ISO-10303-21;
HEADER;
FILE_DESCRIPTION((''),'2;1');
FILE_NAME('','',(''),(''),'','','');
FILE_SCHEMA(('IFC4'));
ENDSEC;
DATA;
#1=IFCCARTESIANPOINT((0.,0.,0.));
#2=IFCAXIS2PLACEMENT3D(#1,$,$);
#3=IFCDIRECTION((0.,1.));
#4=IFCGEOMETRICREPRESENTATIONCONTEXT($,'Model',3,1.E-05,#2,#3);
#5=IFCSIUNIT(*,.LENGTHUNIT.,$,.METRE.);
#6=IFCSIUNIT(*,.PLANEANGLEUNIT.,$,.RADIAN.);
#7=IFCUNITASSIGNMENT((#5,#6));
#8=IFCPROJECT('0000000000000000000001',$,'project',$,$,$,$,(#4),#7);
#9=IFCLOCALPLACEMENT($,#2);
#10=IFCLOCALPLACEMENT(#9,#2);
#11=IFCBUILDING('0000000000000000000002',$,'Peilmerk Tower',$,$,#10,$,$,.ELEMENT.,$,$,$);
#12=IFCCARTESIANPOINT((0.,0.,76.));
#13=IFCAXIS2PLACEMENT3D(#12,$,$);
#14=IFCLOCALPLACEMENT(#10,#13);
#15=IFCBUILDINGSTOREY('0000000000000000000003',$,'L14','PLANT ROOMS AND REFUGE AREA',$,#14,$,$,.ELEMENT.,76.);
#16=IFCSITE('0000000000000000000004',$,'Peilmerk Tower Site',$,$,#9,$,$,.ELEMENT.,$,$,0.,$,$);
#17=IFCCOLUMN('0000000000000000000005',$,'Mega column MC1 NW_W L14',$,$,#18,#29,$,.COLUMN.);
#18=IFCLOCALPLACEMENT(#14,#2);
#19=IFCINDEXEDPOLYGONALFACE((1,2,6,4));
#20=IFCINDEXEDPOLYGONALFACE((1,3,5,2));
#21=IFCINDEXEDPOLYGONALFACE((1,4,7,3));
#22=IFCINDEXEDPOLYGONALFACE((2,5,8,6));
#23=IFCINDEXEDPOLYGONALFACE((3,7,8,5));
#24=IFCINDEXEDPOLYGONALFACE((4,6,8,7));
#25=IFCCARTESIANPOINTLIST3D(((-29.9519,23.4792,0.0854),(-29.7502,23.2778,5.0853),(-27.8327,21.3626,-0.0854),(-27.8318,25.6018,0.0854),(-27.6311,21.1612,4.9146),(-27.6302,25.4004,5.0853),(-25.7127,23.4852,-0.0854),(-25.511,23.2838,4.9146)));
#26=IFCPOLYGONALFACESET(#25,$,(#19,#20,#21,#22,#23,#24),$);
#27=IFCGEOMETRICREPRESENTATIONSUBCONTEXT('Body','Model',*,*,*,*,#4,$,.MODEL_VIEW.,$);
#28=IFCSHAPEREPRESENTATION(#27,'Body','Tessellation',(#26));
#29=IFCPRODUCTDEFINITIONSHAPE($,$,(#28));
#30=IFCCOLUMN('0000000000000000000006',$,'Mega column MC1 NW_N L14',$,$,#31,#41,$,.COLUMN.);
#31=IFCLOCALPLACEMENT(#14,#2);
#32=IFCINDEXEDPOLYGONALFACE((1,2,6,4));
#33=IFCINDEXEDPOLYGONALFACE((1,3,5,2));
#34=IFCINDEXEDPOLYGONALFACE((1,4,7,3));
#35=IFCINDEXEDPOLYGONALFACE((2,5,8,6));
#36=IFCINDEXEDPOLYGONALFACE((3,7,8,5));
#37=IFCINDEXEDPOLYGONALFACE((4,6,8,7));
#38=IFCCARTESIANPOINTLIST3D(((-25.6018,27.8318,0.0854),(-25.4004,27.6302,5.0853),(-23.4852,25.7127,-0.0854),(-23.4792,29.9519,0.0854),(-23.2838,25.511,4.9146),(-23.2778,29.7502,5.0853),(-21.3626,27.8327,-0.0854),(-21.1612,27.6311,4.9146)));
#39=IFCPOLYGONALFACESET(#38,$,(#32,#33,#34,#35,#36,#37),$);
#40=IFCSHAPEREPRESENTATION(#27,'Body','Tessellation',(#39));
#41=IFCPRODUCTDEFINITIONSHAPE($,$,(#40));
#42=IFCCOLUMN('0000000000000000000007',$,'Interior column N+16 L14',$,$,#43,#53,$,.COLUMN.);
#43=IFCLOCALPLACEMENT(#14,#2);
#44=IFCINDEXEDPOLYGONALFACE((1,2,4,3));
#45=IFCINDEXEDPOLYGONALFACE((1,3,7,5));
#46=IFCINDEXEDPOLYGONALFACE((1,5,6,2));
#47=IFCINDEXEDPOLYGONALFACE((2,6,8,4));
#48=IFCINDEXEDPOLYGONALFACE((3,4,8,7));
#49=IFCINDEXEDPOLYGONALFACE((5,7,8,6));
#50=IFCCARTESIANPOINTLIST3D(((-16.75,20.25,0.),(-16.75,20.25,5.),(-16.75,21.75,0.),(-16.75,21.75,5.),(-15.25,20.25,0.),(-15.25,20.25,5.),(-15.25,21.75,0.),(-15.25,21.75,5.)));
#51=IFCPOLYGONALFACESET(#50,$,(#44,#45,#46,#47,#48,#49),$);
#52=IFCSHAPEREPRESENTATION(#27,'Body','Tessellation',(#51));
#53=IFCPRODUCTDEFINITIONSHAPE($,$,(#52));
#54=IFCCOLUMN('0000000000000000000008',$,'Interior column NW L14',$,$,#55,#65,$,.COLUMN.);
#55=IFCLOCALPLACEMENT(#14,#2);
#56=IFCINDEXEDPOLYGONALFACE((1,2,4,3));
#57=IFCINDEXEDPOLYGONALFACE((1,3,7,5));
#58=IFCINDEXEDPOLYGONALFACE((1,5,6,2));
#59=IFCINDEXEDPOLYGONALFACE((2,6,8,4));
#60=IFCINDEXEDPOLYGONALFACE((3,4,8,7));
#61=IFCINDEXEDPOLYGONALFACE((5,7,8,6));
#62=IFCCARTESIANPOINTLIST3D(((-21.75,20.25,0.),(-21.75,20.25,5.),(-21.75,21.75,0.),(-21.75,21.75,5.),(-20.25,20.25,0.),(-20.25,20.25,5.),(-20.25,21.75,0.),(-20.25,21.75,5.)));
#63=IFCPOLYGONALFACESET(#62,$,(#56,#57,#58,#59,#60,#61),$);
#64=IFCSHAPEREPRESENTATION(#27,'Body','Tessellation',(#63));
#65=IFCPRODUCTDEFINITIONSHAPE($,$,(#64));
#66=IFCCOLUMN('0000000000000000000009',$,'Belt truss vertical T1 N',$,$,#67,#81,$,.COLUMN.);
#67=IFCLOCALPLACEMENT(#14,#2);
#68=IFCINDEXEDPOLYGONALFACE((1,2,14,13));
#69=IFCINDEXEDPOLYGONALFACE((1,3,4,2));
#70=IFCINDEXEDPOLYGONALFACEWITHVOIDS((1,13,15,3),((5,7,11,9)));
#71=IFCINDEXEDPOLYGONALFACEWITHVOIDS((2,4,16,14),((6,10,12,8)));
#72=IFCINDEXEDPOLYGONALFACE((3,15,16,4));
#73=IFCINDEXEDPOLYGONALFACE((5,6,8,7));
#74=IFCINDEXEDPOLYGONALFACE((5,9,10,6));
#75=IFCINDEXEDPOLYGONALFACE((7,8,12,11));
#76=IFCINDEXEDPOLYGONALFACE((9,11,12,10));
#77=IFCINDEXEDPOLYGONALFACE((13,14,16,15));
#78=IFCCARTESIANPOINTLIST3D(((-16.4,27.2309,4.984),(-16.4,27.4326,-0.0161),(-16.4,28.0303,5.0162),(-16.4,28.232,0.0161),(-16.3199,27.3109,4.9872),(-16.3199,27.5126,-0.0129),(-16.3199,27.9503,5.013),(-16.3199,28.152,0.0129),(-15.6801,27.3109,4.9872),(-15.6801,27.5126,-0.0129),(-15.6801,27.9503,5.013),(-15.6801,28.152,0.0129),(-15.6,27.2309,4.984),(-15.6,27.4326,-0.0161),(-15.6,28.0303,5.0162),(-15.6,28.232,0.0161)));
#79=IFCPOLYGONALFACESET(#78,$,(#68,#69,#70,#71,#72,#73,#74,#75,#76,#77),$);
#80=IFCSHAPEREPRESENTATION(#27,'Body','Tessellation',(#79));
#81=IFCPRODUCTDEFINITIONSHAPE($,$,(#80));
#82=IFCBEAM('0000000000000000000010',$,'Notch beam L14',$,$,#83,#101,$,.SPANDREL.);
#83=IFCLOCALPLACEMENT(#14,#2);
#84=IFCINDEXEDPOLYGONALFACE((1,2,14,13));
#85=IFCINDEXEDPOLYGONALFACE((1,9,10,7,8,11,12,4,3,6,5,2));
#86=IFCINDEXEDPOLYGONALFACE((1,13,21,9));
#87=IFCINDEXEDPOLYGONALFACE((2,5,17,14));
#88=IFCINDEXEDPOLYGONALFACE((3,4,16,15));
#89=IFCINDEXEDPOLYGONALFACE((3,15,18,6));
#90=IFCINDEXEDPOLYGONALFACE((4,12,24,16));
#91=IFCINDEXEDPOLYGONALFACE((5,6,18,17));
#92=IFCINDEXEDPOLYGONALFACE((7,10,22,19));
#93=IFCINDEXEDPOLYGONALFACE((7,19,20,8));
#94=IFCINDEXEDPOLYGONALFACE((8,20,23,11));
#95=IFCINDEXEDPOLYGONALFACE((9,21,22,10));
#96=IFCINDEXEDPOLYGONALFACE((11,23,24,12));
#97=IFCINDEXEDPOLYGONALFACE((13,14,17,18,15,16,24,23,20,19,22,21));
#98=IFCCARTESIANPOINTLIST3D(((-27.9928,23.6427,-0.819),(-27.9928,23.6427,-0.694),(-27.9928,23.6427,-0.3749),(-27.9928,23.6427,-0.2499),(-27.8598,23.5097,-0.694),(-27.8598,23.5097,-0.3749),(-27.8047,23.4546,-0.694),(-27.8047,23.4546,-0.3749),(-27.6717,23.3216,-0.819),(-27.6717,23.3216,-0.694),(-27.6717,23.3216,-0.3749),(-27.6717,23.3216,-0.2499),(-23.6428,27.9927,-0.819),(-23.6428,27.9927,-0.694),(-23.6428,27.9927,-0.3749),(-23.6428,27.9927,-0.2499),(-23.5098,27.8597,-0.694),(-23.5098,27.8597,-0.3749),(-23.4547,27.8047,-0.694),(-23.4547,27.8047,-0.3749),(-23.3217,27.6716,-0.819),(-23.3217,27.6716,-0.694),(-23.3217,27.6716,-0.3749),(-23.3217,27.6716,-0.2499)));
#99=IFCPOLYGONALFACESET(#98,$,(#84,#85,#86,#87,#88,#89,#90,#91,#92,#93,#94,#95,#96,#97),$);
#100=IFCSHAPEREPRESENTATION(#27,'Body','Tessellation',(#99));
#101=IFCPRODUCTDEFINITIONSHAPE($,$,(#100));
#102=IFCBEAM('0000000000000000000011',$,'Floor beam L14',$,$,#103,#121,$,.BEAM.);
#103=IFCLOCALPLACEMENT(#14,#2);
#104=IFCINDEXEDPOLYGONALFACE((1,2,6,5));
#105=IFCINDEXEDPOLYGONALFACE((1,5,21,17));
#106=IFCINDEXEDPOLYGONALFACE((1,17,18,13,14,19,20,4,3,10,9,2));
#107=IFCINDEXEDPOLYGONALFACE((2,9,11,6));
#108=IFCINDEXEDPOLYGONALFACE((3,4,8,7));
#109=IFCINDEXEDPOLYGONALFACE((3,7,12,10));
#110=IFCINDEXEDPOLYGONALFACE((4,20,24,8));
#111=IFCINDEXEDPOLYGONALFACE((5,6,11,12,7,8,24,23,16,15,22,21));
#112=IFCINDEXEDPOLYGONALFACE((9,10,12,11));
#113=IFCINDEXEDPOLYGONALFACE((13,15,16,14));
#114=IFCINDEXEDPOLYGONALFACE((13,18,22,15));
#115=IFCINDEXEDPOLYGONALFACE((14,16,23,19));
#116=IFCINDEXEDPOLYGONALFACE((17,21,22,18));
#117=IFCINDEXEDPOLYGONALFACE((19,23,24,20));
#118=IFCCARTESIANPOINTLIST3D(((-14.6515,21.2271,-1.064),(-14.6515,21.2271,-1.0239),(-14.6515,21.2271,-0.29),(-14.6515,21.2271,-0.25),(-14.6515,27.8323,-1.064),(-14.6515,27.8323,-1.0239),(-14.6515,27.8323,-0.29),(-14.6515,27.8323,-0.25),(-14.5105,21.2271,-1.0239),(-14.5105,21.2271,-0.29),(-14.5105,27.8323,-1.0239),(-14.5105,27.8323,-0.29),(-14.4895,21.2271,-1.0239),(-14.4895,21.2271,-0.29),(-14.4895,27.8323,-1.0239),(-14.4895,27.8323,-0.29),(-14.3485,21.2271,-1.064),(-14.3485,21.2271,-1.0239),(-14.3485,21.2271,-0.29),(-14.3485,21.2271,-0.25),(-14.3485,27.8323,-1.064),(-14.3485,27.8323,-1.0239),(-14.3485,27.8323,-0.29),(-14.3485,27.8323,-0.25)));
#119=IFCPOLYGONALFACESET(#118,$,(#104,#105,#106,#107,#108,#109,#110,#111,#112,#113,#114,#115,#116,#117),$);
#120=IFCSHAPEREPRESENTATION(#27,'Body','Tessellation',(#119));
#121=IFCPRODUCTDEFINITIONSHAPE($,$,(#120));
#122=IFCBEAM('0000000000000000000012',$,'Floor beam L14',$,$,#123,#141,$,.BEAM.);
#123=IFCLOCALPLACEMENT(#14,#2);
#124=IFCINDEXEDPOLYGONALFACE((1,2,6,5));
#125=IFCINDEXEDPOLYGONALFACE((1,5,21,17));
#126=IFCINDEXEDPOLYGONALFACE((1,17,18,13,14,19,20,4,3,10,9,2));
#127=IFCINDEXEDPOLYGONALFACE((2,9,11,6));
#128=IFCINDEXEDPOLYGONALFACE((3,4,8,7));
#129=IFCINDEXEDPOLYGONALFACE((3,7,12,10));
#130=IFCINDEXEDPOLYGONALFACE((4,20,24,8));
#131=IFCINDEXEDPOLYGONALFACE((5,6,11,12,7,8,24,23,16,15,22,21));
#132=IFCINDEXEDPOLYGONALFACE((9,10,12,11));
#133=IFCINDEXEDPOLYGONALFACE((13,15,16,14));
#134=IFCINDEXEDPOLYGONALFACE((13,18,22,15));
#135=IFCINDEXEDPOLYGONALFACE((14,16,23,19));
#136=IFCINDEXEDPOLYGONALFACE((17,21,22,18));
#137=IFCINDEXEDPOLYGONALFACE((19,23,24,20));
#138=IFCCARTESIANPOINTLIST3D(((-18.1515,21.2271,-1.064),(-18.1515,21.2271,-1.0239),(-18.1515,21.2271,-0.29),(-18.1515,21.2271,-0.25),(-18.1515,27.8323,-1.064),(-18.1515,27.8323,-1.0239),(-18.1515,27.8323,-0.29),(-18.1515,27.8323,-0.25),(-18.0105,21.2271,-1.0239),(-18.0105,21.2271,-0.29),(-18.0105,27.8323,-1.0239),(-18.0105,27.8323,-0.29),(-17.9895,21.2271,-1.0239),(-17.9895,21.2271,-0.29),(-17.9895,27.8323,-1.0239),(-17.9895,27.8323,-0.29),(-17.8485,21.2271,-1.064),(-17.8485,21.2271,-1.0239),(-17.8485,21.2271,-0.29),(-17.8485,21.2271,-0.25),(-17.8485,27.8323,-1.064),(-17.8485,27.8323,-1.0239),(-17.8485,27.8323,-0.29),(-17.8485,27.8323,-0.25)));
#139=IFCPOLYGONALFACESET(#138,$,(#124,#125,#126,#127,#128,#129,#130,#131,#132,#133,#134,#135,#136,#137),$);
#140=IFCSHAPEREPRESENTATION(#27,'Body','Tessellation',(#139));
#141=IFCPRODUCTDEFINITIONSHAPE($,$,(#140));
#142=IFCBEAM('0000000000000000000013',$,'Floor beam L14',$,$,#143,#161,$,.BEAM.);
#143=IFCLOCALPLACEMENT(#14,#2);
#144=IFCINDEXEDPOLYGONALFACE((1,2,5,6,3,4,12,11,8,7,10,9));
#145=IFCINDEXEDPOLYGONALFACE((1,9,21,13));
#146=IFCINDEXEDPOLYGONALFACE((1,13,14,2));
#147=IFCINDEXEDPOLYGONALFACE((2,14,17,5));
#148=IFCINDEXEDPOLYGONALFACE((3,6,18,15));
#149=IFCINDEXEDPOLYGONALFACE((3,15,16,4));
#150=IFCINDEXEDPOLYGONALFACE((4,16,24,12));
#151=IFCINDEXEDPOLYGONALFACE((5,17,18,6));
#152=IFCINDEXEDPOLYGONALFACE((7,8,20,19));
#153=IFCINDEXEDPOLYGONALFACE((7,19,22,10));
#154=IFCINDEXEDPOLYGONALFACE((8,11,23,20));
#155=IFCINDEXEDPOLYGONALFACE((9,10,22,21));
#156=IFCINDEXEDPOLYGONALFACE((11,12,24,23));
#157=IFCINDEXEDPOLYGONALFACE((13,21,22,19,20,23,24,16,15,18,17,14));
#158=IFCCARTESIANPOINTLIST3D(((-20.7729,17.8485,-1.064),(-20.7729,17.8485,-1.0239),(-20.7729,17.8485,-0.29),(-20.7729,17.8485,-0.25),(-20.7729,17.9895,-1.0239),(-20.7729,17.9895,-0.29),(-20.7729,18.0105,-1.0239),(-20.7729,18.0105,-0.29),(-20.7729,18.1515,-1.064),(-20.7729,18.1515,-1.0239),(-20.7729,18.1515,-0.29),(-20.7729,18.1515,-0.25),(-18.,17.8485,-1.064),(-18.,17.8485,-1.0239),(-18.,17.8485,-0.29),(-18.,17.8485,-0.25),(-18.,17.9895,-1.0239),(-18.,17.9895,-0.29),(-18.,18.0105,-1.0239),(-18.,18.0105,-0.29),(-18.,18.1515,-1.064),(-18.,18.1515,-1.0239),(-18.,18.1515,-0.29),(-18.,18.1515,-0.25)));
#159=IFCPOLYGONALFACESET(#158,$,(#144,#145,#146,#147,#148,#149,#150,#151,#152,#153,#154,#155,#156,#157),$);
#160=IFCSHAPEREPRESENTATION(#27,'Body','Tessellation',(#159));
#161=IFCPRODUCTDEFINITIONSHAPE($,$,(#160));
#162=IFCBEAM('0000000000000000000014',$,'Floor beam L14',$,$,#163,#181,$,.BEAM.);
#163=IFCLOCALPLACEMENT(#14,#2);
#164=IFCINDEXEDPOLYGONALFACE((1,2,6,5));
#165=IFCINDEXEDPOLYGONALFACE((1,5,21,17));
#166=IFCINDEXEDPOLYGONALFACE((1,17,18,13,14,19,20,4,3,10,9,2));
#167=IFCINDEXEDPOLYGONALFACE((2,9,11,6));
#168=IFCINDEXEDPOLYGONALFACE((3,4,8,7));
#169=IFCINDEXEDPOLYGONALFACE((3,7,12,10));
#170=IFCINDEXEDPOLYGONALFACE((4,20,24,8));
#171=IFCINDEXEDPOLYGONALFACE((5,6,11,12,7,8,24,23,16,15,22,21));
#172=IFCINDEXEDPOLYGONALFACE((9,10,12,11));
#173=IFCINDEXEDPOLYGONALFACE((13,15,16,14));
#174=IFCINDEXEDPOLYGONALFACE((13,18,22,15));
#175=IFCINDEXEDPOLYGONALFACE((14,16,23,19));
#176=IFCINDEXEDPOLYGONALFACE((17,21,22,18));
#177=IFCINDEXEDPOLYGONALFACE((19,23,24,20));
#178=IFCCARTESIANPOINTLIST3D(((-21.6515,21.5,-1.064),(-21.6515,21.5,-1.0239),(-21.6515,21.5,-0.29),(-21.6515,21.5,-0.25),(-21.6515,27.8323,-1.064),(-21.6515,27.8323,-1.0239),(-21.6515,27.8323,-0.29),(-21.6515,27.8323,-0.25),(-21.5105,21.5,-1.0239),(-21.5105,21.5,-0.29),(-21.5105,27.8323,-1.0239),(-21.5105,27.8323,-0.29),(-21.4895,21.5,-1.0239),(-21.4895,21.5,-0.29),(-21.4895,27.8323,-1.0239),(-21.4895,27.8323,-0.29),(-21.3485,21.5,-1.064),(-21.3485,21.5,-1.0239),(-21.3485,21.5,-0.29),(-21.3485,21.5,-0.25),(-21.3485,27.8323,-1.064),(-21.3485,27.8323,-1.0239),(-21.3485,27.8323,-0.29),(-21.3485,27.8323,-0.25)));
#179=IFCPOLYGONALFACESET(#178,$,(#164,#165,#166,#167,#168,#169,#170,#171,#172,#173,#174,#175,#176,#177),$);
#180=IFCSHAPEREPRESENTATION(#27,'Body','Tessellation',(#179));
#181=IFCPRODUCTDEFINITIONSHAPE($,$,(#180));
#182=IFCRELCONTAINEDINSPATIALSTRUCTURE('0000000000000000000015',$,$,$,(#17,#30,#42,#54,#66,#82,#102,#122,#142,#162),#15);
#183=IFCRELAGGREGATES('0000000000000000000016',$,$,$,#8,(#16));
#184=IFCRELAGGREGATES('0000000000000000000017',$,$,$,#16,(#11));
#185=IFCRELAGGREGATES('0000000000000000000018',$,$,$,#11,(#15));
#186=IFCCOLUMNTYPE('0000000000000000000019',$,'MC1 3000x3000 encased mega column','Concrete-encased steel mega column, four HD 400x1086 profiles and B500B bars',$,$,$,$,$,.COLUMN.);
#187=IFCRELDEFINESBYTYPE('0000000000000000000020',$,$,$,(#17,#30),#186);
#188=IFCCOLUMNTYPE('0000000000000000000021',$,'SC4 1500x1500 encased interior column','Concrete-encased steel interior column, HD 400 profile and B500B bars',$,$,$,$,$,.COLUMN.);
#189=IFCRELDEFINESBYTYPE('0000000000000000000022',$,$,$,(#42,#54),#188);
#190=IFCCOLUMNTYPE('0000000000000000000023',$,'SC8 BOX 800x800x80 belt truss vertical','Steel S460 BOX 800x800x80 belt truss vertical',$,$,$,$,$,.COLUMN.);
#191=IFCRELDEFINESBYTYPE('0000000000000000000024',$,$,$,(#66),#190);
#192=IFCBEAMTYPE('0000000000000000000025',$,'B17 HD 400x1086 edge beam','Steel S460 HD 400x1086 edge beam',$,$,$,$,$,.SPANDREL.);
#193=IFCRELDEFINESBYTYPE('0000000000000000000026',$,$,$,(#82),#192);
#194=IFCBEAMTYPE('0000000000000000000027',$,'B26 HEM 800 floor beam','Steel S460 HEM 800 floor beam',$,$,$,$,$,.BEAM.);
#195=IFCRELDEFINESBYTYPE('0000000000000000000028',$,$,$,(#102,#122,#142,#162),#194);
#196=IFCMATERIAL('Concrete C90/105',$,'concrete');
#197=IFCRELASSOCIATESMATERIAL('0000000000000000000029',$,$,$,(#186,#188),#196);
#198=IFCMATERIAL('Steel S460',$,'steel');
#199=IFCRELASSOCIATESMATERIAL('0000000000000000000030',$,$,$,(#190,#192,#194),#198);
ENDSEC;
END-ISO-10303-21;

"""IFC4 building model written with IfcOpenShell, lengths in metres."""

from ifc_helpers import new_model, si_unit, direction, frame, origin, origin_2d, place, context, subcontext, project, spatial, rectangle, hollow_rectangle, i_section, extrude, material, material_profile, profile_set, type_object, element, save


model = new_model("IFC4")

# Units and contexts
model_context = context("Model", 3, precision=1e-05, world=origin(), true_north=direction((0.0, 1.0)))
body_context = subcontext(model_context, "Body", "Model", "MODEL_VIEW")
ifc_project = project(units=[si_unit("LENGTHUNIT", "METRE"), si_unit("PLANEANGLEUNIT", "RADIAN")], contexts=[model_context])

# Site, building, storey
site_placement = place(None, origin())
site = spatial("IfcSite", under=ifc_project, at=site_placement, Name="Peilmerk Tower Site", CompositionType="ELEMENT", RefElevation=0.0)
building_placement = place(site_placement, origin())
building = spatial("IfcBuilding", under=site, at=building_placement, Name="Peilmerk Tower", CompositionType="ELEMENT")
storey_placement = place(building_placement, frame((0.0, 0.0, 76.0)))
storey = spatial("IfcBuildingStorey", under=building, at=storey_placement, Name="L14", Description="PLANT ROOMS AND REFUGE AREA", CompositionType="ELEMENT", Elevation=76.0)

# Columns
ifc_material_1 = material(Name="Concrete C90/105", Category="concrete")
ifc_material_profile_1 = material_profile(ifc_material_1, rectangle(XDim=3.0, YDim=3.0, at=origin_2d()), Name="RC 3000x3000")
ifc_profile_set_1 = profile_set([ifc_material_profile_1], Name="Concrete C90/105")
column_type_1 = type_object("IfcColumnType", Name="MC1 3000x3000 encased mega column", Description="Concrete-encased steel mega column, four HD 400x1086 profiles and B500B bars", PredefinedType="COLUMN", material=ifc_profile_set_1)
for number, where, z_axis, x_axis, name in (
    (1, (-27.8323, 23.4822, 0.0), (0.040267, -0.040218, 0.998379), (0.706678, 0.707535, 0.0), "Mega column MC1 NW_W L14"),
    (2, (-23.4822, 27.8323, 0.0), (0.040218, -0.040267, 0.998379), (0.707535, 0.706678, 0.0), "Mega column MC1 NW_N L14"),
):
    element("IfcColumn", number, at=place(storey_placement, frame(where, z_axis=z_axis, x_axis=x_axis)), inside=storey, type_object=column_type_1, Name=name, PredefinedType="COLUMN", context=body_context, shape_type="SweptSolid", body=[
        extrude(rectangle(XDim=3.0, YDim=3.0, at=origin_2d()), origin(), (0.0, 0.0, 1.0), 5.0081),
    ])
ifc_material_profile_2 = material_profile(ifc_material_1, rectangle(XDim=1.5, YDim=1.5, at=origin_2d()), Name="RC 1500x1500")
ifc_profile_set_2 = profile_set([ifc_material_profile_2], Name="Concrete C90/105")
column_type_2 = type_object("IfcColumnType", Name="SC4 1500x1500 encased interior column", Description="Concrete-encased steel interior column, HD 400 profile and B500B bars", PredefinedType="COLUMN", material=ifc_profile_set_2)
for number, where, z_axis, x_axis, name in (
    (3, (-16.0, 21.0, 0.0), (0.0, 0.0, 1.0), (1.0, 0.0, 0.0), "Interior column N+16 L14"),
    (4, (-21.0, 21.0, 0.0), (0.0, 0.0, 1.0), (1.0, 0.0, 0.0), "Interior column NW L14"),
):
    element("IfcColumn", number, at=place(storey_placement, frame(where, z_axis=z_axis, x_axis=x_axis)), inside=storey, type_object=column_type_2, Name=name, PredefinedType="COLUMN", context=body_context, shape_type="SweptSolid", body=[
        extrude(rectangle(XDim=1.5, YDim=1.5, at=origin_2d()), origin(), (0.0, 0.0, 1.0), 5.0),
    ])
ifc_material_2 = material(Name="Steel S460", Category="steel")
ifc_material_profile_3 = material_profile(ifc_material_2, hollow_rectangle(XDim=0.8, YDim=0.8, WallThickness=0.0801, at=origin_2d()), Name="BOX 800x800x80")
ifc_profile_set_3 = profile_set([ifc_material_profile_3], Name="Steel S460")
column_type_3 = type_object("IfcColumnType", Name="SC8 BOX 800x800x80 belt truss vertical", Description="Steel S460 BOX 800x800x80 belt truss vertical", PredefinedType="COLUMN", material=ifc_profile_set_3)
column_placement = place(storey_placement, frame((-16.0, 27.8323, 0.0), z_axis=(0.0, -0.040299, 0.999188), x_axis=(1.0, 0.0, 0.0)))
element("IfcColumn", 5, at=column_placement, inside=storey, type_object=column_type_3, Name="Belt truss vertical T1 N", PredefinedType="COLUMN", context=body_context, shape_type="SweptSolid", body=[
    extrude(hollow_rectangle(XDim=0.8, YDim=0.8, WallThickness=0.0801, at=origin_2d()), origin(), (0.0, 0.0, 1.0), 5.0042),
])

# Beams
ifc_material_profile_4 = material_profile(ifc_material_2, i_section(OverallWidth=0.4541, OverallDepth=0.5691, WebThickness=0.0779, FlangeThickness=0.125, at=origin_2d()), Name="HD 400x1086")
ifc_profile_set_4 = profile_set([ifc_material_profile_4], Name="Steel S460")
beam_type_1 = type_object("IfcBeamType", Name="B17 HD 400x1086 edge beam", Description="Steel S460 HD 400x1086 edge beam", PredefinedType="SPANDREL", material=ifc_profile_set_4)
beam_1_placement = place(storey_placement, frame((-27.8323, 23.4822, -0.5344), z_axis=(0.707107, 0.707107, 0.0), x_axis=(-0.707107, 0.707107, 0.0)))
element("IfcBeam", 6, at=beam_1_placement, inside=storey, type_object=beam_type_1, Name="Notch beam L14", PredefinedType="SPANDREL", context=body_context, shape_type="SweptSolid", body=[
    extrude(i_section(OverallWidth=0.4541, OverallDepth=0.5691, WebThickness=0.0779, FlangeThickness=0.125, at=origin_2d()), origin(), (0.0, 0.0, 1.0), 6.1519),
])
ifc_material_profile_5 = material_profile(ifc_material_2, i_section(OverallWidth=0.303, OverallDepth=0.814, WebThickness=0.021, FlangeThickness=0.04, at=origin_2d()), Name="HEM 800")
ifc_profile_set_5 = profile_set([ifc_material_profile_5], Name="Steel S460")
beam_type_2 = type_object("IfcBeamType", Name="B26 HEM 800 floor beam", Description="Steel S460 HEM 800 floor beam", PredefinedType="BEAM", material=ifc_profile_set_5)
for number, where, z_axis, x_axis, name in (
    (7, (-14.5, 21.2271, -0.657), (0.0, 1.0, 0.0), (-1.0, 0.0, 0.0), "Floor beam L14"),
    (8, (-18.0, 21.2271, -0.657), (0.0, 1.0, 0.0), (-1.0, 0.0, 0.0), "Floor beam L14"),
):
    element("IfcBeam", number, at=place(storey_placement, frame(where, z_axis=z_axis, x_axis=x_axis)), inside=storey, type_object=beam_type_2, Name=name, PredefinedType="BEAM", context=body_context, shape_type="SweptSolid", body=[
        extrude(i_section(OverallWidth=0.303, OverallDepth=0.814, WebThickness=0.021, FlangeThickness=0.04, at=origin_2d()), origin(), (0.0, 0.0, 1.0), 6.6052),
    ])
beam_2_placement = place(storey_placement, frame((-18.0, 18.0, -0.657), z_axis=(-1.0, 0.0, 0.0), x_axis=(0.0, -1.0, 0.0)))
element("IfcBeam", 9, at=beam_2_placement, inside=storey, type_object=beam_type_2, Name="Floor beam L14", PredefinedType="BEAM", context=body_context, shape_type="SweptSolid", body=[
    extrude(i_section(OverallWidth=0.303, OverallDepth=0.814, WebThickness=0.021, FlangeThickness=0.04, at=origin_2d()), origin(), (0.0, 0.0, 1.0), 2.7729),
])
for number, where, z_axis, x_axis, name in (
    (10, (-21.5, 21.5, -0.657), (0.0, 1.0, 0.0), (-1.0, 0.0, 0.0), "Floor beam L14"),
):
    element("IfcBeam", number, at=place(storey_placement, frame(where, z_axis=z_axis, x_axis=x_axis)), inside=storey, type_object=beam_type_2, Name=name, PredefinedType="BEAM", context=body_context, shape_type="SweptSolid", body=[
        extrude(i_section(OverallWidth=0.303, OverallDepth=0.814, WebThickness=0.021, FlangeThickness=0.04, at=origin_2d()), origin(), (0.0, 0.0, 1.0), 6.3323),
    ])

save(model, "model.ifc")
